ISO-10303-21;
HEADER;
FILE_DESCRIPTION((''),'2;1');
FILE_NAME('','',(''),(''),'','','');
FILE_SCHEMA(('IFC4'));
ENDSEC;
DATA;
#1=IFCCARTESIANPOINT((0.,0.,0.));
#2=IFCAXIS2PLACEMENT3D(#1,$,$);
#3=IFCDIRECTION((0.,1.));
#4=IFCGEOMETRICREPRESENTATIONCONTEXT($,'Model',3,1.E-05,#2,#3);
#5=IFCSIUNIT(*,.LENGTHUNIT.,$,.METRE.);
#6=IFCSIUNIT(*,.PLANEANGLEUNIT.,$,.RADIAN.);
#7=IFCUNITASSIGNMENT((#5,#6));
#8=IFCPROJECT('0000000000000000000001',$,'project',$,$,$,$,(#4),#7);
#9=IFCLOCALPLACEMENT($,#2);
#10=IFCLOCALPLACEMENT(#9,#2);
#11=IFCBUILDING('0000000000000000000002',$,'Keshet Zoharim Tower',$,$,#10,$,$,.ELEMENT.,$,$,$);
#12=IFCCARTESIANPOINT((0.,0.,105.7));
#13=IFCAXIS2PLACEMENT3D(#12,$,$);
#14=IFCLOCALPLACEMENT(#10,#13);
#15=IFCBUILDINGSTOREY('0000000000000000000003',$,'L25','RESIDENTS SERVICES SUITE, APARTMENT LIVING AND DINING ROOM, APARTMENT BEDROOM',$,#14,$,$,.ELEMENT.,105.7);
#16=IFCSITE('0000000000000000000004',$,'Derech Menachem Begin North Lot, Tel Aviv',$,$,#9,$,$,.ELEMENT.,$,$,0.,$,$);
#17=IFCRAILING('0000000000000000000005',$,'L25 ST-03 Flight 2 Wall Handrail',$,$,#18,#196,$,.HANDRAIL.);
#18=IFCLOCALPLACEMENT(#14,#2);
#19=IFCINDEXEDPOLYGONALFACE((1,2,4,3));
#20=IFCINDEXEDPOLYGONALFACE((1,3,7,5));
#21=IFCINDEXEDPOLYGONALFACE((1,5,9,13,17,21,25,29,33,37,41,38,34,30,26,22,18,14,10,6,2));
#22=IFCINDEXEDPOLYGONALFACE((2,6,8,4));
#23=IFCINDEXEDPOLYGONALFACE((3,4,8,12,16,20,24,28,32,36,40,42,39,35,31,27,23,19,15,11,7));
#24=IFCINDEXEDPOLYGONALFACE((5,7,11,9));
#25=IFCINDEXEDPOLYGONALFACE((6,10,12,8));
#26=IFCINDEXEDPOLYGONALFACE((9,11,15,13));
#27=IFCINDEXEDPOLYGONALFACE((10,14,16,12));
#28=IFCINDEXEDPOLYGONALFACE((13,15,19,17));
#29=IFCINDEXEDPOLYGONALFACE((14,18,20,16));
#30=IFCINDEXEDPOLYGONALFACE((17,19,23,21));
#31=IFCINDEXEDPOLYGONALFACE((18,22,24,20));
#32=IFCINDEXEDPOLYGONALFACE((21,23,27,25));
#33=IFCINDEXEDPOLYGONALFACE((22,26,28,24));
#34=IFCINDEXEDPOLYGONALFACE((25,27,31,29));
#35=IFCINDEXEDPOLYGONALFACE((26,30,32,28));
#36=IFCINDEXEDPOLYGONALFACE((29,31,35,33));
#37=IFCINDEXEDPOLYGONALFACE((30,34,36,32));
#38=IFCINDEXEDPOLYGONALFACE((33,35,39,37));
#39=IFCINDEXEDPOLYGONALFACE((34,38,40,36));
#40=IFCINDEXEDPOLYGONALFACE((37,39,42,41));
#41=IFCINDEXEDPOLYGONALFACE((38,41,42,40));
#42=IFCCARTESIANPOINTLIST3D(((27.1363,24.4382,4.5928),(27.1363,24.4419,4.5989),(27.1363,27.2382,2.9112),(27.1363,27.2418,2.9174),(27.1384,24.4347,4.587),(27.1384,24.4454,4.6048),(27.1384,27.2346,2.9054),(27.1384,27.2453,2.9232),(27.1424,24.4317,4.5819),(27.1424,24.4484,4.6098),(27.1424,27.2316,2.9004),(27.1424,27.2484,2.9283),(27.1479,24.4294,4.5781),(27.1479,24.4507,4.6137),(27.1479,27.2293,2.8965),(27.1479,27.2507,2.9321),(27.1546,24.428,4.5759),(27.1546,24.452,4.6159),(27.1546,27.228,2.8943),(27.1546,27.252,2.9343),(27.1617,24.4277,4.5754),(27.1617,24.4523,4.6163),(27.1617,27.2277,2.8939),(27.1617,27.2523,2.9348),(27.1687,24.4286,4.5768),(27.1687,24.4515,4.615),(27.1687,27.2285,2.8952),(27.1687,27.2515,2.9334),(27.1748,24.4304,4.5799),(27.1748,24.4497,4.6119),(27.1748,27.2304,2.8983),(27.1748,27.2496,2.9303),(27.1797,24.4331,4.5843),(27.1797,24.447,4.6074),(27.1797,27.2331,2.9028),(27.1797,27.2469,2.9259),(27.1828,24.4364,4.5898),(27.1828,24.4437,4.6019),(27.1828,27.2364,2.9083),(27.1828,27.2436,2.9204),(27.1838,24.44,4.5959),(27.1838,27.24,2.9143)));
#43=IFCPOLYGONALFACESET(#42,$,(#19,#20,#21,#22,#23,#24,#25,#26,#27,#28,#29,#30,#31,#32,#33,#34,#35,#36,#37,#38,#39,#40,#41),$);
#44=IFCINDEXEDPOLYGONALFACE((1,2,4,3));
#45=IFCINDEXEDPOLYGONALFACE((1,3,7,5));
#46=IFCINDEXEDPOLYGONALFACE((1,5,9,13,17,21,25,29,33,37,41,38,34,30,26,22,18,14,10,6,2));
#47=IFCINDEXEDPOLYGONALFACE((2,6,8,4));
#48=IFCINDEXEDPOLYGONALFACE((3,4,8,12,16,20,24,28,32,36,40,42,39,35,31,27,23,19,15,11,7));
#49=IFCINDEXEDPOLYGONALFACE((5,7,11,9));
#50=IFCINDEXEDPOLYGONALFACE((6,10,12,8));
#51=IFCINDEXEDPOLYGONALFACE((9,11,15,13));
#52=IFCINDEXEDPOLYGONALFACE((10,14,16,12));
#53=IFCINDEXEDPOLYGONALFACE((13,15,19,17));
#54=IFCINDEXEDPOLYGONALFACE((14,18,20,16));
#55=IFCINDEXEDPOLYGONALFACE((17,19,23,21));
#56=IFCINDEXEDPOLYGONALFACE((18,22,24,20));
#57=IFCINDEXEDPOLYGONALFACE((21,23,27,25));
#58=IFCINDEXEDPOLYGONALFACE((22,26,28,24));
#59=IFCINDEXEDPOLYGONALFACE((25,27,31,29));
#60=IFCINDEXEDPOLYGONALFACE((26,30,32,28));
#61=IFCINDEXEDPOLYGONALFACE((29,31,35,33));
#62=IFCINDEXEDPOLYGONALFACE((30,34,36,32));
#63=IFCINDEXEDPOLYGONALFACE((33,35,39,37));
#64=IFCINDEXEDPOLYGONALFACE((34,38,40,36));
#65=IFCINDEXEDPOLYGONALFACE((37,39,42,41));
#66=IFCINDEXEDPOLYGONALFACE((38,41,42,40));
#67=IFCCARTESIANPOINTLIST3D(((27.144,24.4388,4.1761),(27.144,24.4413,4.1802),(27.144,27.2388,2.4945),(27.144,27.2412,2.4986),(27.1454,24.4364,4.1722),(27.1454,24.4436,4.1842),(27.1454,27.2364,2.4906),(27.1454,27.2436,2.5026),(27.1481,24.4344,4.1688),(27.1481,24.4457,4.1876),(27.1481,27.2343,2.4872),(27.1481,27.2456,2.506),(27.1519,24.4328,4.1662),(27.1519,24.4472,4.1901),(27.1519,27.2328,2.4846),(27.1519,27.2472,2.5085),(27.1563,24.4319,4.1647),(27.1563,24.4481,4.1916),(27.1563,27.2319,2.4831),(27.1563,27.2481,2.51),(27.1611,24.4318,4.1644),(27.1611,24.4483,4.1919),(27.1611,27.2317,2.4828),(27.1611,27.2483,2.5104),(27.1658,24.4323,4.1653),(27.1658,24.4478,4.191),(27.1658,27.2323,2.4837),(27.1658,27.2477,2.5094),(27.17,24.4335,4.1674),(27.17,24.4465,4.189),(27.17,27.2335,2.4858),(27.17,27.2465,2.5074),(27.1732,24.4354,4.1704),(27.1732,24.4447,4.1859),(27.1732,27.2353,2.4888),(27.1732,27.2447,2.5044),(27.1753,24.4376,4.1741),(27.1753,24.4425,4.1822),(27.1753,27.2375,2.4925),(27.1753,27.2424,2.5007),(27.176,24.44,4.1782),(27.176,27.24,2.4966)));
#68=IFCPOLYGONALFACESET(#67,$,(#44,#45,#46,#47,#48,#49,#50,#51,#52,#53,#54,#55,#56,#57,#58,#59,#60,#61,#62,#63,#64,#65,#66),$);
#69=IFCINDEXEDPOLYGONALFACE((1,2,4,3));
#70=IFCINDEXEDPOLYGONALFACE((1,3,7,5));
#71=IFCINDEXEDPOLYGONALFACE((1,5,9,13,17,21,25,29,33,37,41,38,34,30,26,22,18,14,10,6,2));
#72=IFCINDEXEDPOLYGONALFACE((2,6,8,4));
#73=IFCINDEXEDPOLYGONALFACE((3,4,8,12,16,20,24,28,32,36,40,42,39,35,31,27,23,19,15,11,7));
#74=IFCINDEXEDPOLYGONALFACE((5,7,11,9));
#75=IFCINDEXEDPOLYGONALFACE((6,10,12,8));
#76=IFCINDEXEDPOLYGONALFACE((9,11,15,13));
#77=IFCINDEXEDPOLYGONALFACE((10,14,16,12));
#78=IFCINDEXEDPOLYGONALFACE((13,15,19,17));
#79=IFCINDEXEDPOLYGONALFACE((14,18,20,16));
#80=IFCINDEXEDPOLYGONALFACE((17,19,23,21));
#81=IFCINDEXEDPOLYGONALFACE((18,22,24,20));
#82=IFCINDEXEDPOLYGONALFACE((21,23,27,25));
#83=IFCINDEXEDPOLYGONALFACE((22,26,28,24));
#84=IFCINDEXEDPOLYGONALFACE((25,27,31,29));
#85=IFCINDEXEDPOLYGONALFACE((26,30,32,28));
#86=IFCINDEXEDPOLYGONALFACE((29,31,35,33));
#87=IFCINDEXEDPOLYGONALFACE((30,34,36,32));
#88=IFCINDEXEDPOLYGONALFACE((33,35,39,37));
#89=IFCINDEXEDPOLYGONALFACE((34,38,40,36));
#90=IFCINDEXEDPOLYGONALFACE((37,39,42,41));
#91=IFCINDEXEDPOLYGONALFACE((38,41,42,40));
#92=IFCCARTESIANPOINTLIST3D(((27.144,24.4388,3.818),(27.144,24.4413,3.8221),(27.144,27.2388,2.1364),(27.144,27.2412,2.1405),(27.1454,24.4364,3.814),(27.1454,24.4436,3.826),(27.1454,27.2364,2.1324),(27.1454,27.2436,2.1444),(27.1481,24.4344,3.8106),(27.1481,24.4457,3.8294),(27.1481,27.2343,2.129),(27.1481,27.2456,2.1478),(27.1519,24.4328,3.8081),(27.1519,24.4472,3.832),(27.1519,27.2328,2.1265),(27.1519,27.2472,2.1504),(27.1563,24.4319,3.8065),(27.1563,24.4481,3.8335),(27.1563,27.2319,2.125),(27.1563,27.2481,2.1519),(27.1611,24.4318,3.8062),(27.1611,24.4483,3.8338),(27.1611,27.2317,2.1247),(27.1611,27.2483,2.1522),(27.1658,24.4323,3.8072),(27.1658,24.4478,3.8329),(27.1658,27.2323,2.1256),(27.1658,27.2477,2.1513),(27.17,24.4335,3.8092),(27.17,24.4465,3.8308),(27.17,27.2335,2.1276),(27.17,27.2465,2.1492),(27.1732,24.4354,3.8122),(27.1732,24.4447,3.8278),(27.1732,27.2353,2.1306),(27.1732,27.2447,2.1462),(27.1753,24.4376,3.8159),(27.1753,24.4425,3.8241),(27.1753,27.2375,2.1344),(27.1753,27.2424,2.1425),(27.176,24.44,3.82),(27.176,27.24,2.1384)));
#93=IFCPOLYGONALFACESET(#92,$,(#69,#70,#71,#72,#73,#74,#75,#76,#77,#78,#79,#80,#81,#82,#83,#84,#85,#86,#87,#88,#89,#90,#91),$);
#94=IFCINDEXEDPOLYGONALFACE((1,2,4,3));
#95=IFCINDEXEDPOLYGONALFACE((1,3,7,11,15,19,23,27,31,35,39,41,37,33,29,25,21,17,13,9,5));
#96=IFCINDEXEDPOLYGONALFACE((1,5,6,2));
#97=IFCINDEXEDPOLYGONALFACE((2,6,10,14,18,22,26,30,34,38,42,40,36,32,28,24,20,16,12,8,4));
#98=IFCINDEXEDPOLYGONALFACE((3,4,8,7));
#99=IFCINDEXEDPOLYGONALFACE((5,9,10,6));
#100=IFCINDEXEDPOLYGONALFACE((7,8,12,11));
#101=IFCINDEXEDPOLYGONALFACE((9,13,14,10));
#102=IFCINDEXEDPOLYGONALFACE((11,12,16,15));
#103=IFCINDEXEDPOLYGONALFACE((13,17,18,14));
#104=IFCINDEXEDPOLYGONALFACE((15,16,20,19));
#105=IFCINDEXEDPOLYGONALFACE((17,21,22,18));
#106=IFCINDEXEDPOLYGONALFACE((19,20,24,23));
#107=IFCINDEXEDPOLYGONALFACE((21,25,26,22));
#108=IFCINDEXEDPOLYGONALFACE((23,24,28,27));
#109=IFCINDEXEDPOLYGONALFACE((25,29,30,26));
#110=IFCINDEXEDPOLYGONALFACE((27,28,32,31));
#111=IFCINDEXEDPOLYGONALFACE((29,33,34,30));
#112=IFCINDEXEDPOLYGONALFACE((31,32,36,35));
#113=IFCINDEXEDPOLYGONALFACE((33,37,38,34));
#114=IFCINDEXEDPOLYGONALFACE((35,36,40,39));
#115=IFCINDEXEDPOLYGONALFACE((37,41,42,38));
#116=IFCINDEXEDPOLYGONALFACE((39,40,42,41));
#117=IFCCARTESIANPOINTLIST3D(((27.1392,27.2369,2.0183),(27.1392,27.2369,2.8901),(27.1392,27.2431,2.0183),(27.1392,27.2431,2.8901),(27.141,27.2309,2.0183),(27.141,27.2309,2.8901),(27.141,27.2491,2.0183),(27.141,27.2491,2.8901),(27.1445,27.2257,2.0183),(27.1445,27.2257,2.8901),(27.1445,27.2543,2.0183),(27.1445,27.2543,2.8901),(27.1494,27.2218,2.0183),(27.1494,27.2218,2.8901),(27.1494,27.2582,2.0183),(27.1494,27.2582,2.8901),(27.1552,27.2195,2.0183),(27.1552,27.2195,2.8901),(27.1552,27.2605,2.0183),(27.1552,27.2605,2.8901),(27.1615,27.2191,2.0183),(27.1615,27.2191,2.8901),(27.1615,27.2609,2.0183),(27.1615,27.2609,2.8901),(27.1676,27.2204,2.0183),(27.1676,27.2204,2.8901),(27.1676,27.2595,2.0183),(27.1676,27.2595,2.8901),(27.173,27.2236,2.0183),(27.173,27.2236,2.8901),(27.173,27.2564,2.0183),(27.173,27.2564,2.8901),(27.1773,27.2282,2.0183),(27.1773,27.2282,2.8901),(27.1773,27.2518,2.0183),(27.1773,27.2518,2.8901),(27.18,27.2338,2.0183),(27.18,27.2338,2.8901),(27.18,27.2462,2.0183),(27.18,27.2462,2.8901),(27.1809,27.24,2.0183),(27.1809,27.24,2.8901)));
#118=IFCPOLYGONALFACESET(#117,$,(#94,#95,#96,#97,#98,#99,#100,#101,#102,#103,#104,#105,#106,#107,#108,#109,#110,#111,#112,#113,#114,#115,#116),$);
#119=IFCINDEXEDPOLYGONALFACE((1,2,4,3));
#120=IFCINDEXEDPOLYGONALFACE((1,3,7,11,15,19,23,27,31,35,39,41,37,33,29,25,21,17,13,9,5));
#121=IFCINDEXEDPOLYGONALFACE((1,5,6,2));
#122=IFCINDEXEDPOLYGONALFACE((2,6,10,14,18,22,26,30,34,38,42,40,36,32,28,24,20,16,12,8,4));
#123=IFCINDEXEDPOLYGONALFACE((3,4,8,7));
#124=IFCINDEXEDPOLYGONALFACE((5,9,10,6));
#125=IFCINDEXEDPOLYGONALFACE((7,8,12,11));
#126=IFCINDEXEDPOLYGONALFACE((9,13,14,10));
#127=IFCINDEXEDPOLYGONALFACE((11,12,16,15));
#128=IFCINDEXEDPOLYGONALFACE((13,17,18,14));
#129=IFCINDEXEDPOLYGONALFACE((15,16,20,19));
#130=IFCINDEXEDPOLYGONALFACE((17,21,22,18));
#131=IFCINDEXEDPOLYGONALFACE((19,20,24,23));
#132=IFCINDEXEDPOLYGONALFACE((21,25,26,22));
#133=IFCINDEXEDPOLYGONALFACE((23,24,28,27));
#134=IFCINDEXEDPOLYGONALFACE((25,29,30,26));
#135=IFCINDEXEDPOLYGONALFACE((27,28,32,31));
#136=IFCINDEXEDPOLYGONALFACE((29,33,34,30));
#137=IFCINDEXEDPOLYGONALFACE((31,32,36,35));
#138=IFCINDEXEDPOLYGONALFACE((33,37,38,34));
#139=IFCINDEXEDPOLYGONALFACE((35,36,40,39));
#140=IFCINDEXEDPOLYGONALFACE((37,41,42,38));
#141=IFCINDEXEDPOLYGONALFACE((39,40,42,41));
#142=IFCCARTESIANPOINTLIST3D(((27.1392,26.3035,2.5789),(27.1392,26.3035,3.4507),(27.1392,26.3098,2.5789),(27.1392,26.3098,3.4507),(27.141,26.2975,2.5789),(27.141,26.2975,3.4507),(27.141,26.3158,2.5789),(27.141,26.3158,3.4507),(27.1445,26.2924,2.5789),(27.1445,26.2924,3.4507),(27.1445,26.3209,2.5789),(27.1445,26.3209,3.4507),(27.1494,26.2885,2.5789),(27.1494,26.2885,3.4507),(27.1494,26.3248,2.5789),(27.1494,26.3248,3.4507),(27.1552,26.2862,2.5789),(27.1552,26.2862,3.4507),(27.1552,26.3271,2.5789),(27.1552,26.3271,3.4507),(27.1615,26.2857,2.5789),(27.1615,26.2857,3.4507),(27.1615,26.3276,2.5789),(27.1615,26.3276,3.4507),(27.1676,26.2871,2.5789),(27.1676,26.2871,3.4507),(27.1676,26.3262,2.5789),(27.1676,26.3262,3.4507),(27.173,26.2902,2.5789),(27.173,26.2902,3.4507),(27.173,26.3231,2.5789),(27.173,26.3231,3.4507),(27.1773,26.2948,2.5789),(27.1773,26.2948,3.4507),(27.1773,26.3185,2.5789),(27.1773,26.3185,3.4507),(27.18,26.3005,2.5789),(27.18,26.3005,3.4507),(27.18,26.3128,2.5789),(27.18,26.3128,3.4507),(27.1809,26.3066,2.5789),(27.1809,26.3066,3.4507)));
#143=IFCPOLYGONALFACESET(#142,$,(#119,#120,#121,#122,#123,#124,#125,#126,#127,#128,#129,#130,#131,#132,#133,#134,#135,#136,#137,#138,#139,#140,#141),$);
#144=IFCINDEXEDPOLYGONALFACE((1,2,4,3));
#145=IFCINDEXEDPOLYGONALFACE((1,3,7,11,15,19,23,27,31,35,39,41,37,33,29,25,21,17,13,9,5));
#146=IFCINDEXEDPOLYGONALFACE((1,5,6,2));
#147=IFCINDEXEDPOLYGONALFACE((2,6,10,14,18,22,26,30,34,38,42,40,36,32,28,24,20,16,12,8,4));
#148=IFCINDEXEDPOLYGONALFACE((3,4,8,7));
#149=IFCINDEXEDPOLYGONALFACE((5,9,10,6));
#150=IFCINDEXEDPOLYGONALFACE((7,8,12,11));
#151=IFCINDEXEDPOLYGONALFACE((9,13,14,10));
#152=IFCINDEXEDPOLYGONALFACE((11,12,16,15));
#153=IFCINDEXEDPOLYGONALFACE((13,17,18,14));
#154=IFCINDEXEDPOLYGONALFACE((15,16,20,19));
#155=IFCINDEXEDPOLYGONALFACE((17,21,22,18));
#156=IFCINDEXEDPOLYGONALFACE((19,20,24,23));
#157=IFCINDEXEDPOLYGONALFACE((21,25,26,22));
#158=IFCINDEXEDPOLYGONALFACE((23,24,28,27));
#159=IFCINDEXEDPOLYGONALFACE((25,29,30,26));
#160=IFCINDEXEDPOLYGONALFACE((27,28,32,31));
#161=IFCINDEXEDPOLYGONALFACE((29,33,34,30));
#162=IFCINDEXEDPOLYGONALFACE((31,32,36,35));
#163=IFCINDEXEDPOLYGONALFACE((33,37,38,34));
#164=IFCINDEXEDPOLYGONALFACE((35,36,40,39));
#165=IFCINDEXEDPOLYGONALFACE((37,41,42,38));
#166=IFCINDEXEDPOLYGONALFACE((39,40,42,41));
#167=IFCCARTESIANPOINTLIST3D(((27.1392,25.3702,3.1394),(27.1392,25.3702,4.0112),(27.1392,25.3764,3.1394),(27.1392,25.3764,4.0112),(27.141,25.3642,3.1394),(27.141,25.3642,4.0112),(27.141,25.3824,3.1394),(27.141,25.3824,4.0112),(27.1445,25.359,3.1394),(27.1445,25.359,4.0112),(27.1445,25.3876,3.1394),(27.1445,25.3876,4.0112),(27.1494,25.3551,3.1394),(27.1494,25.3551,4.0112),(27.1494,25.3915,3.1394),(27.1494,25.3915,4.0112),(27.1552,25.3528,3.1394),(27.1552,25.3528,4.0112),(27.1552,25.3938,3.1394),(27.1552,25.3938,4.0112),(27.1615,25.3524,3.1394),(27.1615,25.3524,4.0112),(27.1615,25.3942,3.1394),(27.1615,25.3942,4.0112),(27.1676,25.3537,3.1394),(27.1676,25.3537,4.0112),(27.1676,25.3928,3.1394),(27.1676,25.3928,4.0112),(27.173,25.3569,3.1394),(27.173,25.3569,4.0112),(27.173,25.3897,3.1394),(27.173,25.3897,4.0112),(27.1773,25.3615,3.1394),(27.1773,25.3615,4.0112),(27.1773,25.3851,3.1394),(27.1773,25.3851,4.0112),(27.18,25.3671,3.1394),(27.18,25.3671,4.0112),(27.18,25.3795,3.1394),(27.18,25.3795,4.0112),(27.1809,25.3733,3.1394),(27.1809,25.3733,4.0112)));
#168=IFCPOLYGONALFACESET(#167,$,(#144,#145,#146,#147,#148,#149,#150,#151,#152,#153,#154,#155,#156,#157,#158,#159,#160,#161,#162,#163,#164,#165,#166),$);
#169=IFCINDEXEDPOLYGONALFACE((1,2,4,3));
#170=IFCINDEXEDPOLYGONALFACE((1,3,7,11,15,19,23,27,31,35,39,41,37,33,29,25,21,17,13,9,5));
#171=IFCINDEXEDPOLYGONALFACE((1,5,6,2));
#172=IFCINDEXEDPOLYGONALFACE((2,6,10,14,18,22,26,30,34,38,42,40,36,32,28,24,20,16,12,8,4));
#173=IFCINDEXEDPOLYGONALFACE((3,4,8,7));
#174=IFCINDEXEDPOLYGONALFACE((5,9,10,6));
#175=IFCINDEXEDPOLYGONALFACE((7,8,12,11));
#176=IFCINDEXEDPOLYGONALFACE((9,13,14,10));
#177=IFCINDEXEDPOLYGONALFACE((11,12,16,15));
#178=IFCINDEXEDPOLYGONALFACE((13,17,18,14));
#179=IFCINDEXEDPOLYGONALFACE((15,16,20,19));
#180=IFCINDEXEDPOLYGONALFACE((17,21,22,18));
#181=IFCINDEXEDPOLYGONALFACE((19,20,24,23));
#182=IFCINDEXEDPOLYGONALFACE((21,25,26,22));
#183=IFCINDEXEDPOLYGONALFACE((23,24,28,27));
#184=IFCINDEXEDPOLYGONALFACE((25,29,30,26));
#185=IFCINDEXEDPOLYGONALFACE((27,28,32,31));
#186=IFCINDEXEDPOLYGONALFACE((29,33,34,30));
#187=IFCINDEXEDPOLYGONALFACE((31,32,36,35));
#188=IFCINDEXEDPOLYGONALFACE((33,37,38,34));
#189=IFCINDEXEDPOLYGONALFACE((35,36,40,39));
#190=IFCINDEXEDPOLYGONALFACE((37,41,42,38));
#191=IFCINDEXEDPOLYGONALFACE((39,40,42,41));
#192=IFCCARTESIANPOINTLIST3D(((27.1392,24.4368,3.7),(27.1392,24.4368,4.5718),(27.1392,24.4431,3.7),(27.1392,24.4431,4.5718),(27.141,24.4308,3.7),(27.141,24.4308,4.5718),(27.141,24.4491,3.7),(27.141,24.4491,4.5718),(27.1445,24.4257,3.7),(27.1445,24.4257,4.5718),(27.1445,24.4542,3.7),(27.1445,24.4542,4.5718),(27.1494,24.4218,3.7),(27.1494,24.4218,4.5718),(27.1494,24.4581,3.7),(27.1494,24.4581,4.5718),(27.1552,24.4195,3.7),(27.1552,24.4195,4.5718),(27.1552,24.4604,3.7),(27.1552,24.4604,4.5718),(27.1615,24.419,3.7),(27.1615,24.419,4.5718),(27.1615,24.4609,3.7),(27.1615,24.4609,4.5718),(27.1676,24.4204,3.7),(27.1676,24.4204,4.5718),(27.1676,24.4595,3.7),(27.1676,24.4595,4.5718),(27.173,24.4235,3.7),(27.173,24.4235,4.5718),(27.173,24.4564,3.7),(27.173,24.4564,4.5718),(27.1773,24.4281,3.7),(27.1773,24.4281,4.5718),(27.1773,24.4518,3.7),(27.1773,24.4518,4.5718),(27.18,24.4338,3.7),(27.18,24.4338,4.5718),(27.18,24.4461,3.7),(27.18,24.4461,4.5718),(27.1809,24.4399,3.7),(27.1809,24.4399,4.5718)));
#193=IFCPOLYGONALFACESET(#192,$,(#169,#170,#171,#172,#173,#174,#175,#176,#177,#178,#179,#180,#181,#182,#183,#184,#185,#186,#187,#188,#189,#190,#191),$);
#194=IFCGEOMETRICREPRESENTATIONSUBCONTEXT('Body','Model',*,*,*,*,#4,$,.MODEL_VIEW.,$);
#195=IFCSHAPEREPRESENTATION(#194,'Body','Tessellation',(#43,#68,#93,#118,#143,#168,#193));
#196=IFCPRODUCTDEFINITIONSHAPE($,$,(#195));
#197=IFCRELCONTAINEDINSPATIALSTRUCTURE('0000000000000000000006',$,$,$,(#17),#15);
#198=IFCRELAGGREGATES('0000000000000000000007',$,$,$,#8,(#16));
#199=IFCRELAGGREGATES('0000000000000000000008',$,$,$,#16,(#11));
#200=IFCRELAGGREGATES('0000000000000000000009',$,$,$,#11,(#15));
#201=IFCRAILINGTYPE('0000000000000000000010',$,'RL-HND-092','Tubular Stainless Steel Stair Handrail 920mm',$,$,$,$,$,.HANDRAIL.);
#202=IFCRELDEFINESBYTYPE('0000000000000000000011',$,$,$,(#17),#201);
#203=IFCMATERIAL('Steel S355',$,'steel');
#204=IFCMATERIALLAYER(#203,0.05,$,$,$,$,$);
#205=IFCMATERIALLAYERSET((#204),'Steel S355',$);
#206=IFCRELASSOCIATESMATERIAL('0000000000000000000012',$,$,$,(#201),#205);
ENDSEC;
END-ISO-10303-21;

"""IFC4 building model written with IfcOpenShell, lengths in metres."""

from ifc_helpers import new_model, si_unit, direction, frame, origin, origin_2d, place, context, subcontext, project, spatial, circle, extrude, material, layer, layer_set, type_object, element, save


model = new_model("IFC4")

# Units and contexts
model_context = context("Model", 3, precision=1e-05, world=origin(), true_north=direction((0.0, 1.0)))
body_context = subcontext(model_context, "Body", "Model", "MODEL_VIEW")
ifc_project = project(units=[si_unit("LENGTHUNIT", "METRE"), si_unit("PLANEANGLEUNIT", "RADIAN")], contexts=[model_context])

# Site, building, storey
site_placement = place(None, origin())
site = spatial("IfcSite", under=ifc_project, at=site_placement, Name="Derech Menachem Begin North Lot, Tel Aviv", CompositionType="ELEMENT", RefElevation=0.0)
building_placement = place(site_placement, origin())
building = spatial("IfcBuilding", under=site, at=building_placement, Name="Keshet Zoharim Tower", CompositionType="ELEMENT")
storey_placement = place(building_placement, frame((0.0, 0.0, 105.7)))
storey = spatial("IfcBuildingStorey", under=building, at=storey_placement, Name="L25", Description="RESIDENTS SERVICES SUITE, APARTMENT LIVING AND DINING ROOM, APARTMENT BEDROOM", CompositionType="ELEMENT", Elevation=105.7)

# Shared definitions
ifc_material_1 = material(Name="Steel S355", Category="steel")

# Railing
ifc_layer_1 = layer(ifc_material_1, 0.05)
ifc_layer_set_1 = layer_set([ifc_layer_1], Name="Steel S355")
railing_type_1 = type_object("IfcRailingType", Name="RL-HND-092", Description="Tubular Stainless Steel Stair Handrail 920mm", PredefinedType="HANDRAIL", material=ifc_layer_set_1)
railing_1_placement = place(storey_placement, frame((27.1599, 27.24, 2.0183)))
element("IfcRailing", 1, at=railing_1_placement, inside=storey, type_object=railing_type_1, Name="L25 ST-03 Flight 2 Wall Handrail", PredefinedType="HANDRAIL", context=body_context, shape_type="SweptSolid", body=[
    extrude(circle(Radius=0.0239, at=origin_2d()), frame((0.0, 0.0, 0.896), z_axis=(0.0, -0.857275, 0.514858), x_axis=(1.0, 0.0, 0.0)), (0.0, 0.0, 1.0), 3.2661),
    extrude(circle(Radius=0.0161, at=origin_2d()), frame((0.0, 0.0, 0.4783), z_axis=(0.0, -0.857275, 0.514858), x_axis=(1.0, 0.0, 0.0)), (0.0, 0.0, 1.0), 3.2661),
    extrude(circle(Radius=0.0161, at=origin_2d()), frame((0.0, 0.0, 0.1201), z_axis=(0.0, -0.857275, 0.514858), x_axis=(1.0, 0.0, 0.0)), (0.0, 0.0, 1.0), 3.2661),
    extrude(circle(Radius=0.021, at=origin_2d()), origin(), (0.0, 0.0, 1.0), 0.8718),
    extrude(circle(Radius=0.021, at=origin_2d()), frame((0.0, -0.9333, 0.5605)), (0.0, 0.0, 1.0), 0.8718),
    extrude(circle(Radius=0.021, at=origin_2d()), frame((0.0, -1.8667, 1.1211)), (0.0, 0.0, 1.0), 0.8718),
    extrude(circle(Radius=0.021, at=origin_2d()), frame((0.0, -2.8, 1.6816)), (0.0, 0.0, 1.0), 0.8718),
])

save(model, "model.ifc")
